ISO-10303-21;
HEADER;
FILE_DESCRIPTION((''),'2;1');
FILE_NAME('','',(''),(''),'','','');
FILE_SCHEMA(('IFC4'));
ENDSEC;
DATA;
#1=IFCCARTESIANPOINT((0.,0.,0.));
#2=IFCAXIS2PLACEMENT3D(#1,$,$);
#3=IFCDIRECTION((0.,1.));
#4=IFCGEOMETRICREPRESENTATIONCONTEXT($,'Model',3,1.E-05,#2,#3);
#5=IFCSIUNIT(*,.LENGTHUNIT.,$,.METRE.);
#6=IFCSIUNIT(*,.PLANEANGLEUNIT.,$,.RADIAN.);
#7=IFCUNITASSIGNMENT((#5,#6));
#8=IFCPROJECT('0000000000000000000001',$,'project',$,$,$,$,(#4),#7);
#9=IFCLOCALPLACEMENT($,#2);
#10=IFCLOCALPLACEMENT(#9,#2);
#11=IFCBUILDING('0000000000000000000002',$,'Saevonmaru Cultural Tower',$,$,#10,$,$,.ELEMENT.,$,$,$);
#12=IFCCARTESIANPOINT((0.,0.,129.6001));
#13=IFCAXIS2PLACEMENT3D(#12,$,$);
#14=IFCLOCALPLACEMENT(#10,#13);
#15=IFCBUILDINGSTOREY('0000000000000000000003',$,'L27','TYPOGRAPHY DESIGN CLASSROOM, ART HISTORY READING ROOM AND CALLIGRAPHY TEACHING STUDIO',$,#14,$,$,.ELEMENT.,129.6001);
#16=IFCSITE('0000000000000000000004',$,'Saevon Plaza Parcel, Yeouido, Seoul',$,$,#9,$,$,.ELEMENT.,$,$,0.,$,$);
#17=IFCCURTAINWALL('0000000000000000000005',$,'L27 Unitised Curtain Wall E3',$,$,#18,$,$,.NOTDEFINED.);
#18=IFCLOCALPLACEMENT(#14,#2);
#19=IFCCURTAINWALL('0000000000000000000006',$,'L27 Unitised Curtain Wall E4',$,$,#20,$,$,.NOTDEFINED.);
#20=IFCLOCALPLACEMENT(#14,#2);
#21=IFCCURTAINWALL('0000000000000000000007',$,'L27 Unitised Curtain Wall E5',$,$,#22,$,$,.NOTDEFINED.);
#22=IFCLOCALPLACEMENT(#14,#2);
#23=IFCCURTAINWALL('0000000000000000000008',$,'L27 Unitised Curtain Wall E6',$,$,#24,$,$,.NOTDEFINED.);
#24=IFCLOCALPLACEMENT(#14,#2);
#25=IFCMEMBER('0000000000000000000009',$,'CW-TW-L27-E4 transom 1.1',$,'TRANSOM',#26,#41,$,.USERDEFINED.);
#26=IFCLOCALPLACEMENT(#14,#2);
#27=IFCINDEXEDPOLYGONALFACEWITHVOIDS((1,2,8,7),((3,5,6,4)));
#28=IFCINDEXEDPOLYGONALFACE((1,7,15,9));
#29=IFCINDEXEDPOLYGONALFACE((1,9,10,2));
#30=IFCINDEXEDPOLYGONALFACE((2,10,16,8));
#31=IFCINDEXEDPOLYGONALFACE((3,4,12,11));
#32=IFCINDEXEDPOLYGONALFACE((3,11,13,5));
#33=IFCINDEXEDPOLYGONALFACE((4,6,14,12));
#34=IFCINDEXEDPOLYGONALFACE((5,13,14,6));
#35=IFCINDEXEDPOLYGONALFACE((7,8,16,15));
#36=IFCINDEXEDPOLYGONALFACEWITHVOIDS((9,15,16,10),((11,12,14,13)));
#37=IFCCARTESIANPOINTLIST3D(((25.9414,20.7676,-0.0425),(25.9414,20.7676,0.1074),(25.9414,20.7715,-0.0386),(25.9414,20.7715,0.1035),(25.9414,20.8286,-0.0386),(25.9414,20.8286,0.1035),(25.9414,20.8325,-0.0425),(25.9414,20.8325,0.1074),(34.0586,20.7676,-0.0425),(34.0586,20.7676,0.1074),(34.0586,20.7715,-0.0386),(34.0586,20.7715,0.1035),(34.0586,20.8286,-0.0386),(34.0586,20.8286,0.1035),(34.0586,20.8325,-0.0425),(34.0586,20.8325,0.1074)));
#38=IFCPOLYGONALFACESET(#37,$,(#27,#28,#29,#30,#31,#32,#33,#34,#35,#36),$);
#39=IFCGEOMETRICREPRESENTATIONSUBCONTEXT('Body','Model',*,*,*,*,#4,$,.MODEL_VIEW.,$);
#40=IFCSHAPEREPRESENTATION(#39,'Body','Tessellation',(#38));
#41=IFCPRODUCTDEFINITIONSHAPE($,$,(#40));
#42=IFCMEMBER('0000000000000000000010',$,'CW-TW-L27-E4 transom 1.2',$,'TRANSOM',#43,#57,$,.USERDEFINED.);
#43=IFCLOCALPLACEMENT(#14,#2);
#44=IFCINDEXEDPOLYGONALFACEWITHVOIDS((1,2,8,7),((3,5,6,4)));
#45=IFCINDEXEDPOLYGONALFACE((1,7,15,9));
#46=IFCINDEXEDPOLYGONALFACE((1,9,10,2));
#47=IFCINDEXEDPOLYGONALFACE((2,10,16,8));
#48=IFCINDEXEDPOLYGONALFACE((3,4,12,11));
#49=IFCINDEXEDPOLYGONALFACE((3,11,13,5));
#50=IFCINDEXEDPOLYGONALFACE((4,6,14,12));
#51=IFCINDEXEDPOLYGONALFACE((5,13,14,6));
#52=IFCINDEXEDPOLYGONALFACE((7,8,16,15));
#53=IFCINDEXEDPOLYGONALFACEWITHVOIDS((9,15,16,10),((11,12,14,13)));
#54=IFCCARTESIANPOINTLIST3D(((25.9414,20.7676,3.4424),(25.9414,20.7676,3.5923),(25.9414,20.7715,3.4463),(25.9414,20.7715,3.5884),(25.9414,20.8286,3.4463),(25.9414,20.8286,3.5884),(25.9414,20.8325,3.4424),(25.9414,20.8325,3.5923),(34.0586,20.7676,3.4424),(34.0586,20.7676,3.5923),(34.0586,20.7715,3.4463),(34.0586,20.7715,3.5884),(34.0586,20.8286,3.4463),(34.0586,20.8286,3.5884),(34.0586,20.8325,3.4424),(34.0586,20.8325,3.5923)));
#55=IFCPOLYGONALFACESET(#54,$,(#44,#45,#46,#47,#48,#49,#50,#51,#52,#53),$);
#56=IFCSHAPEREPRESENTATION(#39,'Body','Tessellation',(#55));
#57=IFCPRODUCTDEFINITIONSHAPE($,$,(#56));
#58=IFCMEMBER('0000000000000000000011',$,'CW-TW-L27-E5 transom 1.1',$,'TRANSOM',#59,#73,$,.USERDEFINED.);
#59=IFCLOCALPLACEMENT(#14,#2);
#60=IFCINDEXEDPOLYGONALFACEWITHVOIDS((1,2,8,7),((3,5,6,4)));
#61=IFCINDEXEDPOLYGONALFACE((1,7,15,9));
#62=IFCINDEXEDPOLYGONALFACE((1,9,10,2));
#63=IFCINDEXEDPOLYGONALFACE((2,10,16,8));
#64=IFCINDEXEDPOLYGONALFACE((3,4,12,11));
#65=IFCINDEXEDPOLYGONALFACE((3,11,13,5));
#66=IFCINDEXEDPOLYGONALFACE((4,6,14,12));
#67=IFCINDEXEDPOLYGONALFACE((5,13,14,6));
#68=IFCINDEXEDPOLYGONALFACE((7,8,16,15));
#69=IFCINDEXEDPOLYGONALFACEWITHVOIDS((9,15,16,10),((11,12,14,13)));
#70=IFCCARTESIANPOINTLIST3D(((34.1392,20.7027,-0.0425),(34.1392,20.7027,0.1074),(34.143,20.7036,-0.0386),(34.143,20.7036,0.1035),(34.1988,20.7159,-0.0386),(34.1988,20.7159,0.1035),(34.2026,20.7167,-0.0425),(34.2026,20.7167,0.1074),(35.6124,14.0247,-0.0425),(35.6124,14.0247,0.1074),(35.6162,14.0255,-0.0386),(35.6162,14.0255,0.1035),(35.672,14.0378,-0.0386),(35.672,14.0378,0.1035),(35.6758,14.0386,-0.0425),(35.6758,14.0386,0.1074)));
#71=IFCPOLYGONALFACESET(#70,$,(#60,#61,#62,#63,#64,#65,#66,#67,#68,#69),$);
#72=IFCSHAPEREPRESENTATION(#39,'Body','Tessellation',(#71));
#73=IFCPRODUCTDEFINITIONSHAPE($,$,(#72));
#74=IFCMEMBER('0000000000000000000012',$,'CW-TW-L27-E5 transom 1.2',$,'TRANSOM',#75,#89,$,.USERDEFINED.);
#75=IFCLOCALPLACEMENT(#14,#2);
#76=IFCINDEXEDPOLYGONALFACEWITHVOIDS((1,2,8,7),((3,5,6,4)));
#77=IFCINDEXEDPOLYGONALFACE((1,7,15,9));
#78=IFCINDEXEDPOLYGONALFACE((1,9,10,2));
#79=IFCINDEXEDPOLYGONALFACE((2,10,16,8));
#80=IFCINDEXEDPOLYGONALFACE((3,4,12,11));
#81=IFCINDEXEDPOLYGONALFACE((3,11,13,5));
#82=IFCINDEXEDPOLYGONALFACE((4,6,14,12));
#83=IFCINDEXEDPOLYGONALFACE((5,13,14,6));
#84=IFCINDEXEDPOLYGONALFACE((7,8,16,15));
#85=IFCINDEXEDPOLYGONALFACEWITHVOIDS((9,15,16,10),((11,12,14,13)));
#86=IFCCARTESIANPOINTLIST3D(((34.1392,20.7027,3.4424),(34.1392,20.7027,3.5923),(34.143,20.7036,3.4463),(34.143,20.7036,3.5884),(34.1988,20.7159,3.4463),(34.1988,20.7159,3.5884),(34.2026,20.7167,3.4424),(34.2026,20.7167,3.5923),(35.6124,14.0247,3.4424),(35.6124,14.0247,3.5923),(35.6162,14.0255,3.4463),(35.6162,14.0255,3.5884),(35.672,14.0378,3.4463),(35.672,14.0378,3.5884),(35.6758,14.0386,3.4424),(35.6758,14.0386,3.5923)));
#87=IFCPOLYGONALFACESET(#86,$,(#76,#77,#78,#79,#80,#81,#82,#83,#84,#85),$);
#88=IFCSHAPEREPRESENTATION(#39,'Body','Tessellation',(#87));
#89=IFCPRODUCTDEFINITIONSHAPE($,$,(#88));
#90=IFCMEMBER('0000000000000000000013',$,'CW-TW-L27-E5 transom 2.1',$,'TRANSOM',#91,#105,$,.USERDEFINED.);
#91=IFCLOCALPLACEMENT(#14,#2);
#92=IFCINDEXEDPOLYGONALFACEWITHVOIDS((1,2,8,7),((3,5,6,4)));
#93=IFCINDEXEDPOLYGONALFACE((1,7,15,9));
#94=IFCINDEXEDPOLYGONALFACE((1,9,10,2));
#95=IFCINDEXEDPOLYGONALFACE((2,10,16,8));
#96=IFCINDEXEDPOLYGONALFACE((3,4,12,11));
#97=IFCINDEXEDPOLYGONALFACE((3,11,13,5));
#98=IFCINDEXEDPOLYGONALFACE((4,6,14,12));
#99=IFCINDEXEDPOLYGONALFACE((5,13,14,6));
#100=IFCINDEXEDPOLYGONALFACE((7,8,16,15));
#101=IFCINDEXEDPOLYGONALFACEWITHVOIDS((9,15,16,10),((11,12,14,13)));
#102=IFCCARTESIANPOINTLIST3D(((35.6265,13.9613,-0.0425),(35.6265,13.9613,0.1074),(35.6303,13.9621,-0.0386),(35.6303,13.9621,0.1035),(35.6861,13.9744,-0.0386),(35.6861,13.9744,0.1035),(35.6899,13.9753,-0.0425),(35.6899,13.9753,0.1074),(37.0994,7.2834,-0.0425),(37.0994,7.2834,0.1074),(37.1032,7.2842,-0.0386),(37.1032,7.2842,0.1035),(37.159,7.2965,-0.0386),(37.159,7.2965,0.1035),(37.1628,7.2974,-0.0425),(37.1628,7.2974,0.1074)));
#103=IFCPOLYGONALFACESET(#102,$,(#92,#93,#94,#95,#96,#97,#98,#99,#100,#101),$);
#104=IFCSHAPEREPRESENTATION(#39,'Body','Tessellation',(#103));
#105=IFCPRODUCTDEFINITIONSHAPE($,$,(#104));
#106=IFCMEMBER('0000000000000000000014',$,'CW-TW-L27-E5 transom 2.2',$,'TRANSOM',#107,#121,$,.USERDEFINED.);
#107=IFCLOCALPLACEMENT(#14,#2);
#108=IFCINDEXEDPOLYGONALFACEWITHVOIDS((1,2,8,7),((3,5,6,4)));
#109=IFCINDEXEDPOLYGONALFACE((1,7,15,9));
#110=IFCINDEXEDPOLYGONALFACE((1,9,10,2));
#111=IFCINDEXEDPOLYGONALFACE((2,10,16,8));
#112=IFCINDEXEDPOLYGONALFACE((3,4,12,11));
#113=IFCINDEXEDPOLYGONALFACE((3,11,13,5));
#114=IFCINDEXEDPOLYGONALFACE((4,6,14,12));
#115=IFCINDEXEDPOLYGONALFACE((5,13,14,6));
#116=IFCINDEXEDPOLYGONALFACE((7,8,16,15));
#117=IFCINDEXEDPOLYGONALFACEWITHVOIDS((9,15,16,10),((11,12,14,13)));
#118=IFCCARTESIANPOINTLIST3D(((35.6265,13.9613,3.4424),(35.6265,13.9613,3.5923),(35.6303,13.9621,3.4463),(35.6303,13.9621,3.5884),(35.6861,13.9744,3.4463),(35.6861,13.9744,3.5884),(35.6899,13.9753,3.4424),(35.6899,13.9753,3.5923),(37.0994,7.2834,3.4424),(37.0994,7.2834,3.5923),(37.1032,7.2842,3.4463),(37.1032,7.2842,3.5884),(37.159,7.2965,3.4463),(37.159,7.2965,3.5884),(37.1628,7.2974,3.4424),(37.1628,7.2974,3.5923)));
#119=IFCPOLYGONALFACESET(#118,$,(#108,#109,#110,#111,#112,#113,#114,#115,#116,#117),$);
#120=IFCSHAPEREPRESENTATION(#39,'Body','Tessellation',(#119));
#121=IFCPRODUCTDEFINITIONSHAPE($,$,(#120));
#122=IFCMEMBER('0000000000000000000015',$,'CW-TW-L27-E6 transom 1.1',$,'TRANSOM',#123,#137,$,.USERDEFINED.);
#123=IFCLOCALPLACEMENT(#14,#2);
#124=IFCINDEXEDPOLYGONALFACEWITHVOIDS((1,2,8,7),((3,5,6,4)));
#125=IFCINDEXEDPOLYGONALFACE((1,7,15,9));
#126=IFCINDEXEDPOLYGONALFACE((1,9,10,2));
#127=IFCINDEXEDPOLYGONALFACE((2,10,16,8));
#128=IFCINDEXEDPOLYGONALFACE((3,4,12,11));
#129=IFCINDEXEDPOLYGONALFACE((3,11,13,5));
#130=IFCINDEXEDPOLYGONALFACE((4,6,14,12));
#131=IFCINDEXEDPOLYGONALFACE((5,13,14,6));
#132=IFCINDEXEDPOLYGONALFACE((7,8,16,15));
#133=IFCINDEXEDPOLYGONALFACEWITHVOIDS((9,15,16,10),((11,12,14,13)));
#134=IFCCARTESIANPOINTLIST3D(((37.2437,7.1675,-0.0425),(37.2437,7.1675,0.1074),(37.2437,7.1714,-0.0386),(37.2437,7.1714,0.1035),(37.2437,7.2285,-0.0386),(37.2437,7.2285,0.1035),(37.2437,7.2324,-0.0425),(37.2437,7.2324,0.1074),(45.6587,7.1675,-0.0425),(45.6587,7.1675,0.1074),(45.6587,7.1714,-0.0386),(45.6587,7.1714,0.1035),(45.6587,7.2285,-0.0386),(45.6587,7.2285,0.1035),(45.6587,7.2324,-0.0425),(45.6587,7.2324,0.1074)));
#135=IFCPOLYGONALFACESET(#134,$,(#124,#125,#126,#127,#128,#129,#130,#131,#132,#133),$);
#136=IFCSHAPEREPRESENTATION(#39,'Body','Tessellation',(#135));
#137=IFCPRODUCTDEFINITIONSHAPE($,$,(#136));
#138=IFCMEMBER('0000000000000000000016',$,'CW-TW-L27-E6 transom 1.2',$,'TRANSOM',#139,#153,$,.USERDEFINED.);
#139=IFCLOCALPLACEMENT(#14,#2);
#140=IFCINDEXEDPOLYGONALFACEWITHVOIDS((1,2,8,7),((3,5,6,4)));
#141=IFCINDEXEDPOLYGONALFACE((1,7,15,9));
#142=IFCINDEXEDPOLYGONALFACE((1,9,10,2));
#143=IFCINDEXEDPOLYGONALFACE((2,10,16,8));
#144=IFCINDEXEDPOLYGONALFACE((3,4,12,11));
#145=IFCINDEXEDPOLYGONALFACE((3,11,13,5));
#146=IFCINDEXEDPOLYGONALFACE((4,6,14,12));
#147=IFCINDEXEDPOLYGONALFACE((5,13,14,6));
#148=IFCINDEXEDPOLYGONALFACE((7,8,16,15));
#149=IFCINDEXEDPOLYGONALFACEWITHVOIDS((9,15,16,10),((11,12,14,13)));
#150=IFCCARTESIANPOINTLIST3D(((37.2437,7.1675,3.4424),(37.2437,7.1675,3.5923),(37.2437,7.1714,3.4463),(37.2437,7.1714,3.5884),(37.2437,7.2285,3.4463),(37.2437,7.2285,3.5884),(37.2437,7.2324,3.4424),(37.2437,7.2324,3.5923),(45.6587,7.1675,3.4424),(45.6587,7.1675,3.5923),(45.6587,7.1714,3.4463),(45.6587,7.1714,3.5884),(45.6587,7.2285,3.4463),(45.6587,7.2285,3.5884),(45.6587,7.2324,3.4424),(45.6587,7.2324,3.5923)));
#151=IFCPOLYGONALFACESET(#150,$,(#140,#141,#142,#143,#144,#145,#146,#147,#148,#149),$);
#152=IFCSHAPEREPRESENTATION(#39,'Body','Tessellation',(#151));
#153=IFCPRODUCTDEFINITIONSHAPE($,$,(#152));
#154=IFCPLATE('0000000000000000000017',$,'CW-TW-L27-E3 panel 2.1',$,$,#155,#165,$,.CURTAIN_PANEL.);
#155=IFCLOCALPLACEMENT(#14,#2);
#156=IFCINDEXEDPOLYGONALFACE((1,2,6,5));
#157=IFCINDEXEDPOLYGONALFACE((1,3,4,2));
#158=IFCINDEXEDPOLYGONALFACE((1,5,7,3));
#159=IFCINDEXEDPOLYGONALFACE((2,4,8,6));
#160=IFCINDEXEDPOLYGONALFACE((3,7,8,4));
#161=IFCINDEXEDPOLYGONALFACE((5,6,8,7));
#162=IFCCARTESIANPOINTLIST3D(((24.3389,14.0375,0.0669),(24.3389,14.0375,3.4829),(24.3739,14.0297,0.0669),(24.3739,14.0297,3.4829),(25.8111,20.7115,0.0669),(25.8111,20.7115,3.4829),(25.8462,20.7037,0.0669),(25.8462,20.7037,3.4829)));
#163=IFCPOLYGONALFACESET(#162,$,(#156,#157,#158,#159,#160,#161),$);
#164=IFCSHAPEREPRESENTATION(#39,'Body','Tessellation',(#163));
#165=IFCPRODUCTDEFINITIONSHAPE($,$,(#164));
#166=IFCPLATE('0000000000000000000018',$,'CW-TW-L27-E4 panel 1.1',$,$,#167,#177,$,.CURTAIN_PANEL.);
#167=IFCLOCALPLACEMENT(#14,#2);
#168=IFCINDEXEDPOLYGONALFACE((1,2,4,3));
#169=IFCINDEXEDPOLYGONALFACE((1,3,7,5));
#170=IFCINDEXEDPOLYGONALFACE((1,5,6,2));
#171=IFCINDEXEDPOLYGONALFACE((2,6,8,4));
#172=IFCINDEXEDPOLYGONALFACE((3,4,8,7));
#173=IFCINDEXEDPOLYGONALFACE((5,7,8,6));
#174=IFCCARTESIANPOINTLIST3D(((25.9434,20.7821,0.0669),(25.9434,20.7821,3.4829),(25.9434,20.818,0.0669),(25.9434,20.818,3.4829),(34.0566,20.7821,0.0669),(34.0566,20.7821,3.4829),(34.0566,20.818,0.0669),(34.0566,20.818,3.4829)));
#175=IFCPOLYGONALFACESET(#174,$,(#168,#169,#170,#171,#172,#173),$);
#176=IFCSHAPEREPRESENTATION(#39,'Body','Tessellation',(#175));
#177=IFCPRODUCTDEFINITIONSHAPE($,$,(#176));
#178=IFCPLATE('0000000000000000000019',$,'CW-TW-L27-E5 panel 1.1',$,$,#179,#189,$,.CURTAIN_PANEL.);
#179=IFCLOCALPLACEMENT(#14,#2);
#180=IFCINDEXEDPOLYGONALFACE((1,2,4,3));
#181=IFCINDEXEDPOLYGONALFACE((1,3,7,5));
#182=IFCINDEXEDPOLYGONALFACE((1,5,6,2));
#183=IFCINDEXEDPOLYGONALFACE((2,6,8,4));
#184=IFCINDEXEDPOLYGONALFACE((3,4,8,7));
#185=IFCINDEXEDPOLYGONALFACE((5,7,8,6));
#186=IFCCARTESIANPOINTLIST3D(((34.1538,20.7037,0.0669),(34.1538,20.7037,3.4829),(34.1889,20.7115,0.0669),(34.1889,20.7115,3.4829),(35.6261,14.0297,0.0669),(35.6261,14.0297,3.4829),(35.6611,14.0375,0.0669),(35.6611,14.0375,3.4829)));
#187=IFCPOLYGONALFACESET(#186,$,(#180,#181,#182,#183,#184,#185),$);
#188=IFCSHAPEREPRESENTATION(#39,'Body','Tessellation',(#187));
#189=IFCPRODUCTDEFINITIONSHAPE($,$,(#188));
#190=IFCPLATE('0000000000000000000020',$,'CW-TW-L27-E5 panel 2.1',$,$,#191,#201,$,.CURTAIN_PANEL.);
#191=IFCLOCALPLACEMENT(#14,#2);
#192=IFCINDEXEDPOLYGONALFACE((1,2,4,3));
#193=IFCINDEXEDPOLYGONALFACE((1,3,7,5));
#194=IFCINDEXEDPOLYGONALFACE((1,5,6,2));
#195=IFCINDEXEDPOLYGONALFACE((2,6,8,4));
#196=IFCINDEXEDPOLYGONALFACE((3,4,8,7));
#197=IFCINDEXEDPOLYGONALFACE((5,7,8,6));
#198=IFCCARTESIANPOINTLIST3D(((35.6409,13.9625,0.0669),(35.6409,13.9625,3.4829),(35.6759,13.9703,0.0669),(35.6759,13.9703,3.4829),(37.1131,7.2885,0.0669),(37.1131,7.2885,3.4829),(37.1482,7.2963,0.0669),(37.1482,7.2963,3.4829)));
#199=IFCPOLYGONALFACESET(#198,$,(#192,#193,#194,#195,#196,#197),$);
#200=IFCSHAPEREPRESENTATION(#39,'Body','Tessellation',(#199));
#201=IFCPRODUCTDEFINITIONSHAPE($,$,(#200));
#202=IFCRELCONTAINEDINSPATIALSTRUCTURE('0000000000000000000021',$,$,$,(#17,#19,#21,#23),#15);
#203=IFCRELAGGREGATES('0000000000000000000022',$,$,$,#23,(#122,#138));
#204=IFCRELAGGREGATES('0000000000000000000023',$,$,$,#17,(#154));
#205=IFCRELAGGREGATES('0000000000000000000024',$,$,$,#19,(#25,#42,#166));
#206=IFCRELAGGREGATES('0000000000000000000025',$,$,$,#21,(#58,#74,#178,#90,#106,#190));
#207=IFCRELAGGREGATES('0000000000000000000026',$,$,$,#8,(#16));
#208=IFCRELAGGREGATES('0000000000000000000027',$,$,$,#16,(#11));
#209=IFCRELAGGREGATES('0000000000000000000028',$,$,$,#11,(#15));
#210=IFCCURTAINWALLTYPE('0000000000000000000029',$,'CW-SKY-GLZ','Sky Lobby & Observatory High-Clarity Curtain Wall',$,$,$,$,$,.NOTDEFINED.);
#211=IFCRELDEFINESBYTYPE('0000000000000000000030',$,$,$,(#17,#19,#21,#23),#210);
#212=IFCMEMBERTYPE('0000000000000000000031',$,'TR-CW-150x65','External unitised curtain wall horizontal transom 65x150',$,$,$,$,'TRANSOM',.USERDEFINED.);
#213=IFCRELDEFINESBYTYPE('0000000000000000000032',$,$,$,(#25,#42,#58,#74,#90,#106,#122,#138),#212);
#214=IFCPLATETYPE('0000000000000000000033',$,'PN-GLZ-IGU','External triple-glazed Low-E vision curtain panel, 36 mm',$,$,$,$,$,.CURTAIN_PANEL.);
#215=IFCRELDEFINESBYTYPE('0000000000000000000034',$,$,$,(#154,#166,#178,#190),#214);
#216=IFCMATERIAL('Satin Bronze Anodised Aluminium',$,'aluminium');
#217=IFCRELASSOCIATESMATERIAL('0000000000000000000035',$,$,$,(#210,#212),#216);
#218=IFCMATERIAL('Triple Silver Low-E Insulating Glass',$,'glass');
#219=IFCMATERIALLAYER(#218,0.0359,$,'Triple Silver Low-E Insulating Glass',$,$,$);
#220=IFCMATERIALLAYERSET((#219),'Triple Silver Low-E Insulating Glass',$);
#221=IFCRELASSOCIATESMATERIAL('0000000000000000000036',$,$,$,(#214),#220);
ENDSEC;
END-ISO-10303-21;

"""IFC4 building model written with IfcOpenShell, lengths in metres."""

from ifc_helpers import new_model, si_unit, direction, frame, origin, origin_2d, place, context, subcontext, project, spatial, rectangle, hollow_rectangle, extrude, material, layer, layer_set, material_profile, profile_set, type_object, element, aggregate, save


model = new_model("IFC4")

# Units and contexts
model_context = context("Model", 3, precision=1e-05, world=origin(), true_north=direction((0.0, 1.0)))
body_context = subcontext(model_context, "Body", "Model", "MODEL_VIEW")
ifc_project = project(units=[si_unit("LENGTHUNIT", "METRE"), si_unit("PLANEANGLEUNIT", "RADIAN")], contexts=[model_context])

# Site, building, storey
site_placement = place(None, origin())
site = spatial("IfcSite", under=ifc_project, at=site_placement, Name="Saevon Plaza Parcel, Yeouido, Seoul", CompositionType="ELEMENT", RefElevation=0.0)
building_placement = place(site_placement, origin())
building = spatial("IfcBuilding", under=site, at=building_placement, Name="Saevonmaru Cultural Tower", CompositionType="ELEMENT")
storey_placement = place(building_placement, frame((0.0, 0.0, 129.6001)))
storey = spatial("IfcBuildingStorey", under=building, at=storey_placement, Name="L27", Description="TYPOGRAPHY DESIGN CLASSROOM, ART HISTORY READING ROOM AND CALLIGRAPHY TEACHING STUDIO", CompositionType="ELEMENT", Elevation=129.6001)

# Curtain walls
ifc_material_1 = material(Name="Satin Bronze Anodised Aluminium", Category="aluminium")
curtain_wall_type = type_object("IfcCurtainWallType", Name="CW-SKY-GLZ", Description="Sky Lobby & Observatory High-Clarity Curtain Wall", PredefinedType="NOTDEFINED", material=ifc_material_1)
curtain_wall_1_placement = place(storey_placement, origin())
curtain_wall_1 = element("IfcCurtainWall", 1, at=curtain_wall_1_placement, inside=storey, type_object=curtain_wall_type, Name="L27 Unitised Curtain Wall E3", PredefinedType="NOTDEFINED")
curtain_wall_2_placement = place(storey_placement, origin())
curtain_wall_2 = element("IfcCurtainWall", 2, at=curtain_wall_2_placement, inside=storey, type_object=curtain_wall_type, Name="L27 Unitised Curtain Wall E4", PredefinedType="NOTDEFINED")
curtain_wall_3_placement = place(storey_placement, origin())
curtain_wall_3 = element("IfcCurtainWall", 3, at=curtain_wall_3_placement, inside=storey, type_object=curtain_wall_type, Name="L27 Unitised Curtain Wall E5", PredefinedType="NOTDEFINED")

# Curtain wall
curtain_wall_4_placement = place(storey_placement, origin())
curtain_wall_4 = element("IfcCurtainWall", 4, at=curtain_wall_4_placement, inside=storey, type_object=curtain_wall_type, Name="L27 Unitised Curtain Wall E6", PredefinedType="NOTDEFINED")

# Members
ifc_material_profile_1 = material_profile(ifc_material_1, hollow_rectangle(XDim=0.0649, YDim=0.1499, WallThickness=0.0039, at=origin_2d()), Name="ALU-TRAN-150x65x4")
ifc_profile_set_1 = profile_set([ifc_material_profile_1], Name="Satin Bronze Anodised Aluminium")
member_type_1 = type_object("IfcMemberType", Name="TR-CW-150x65", Description="External unitised curtain wall horizontal transom 65x150", ElementType="TRANSOM", PredefinedType="USERDEFINED", material=ifc_profile_set_1)
member_1_placement = place(storey_placement, frame((25.9414, 20.8, 0.0325), z_axis=(1.0, 0.0, 0.0), x_axis=(0.0, 1.0, 0.0)))
member_1 = element("IfcMember", 5, at=member_1_placement, type_object=member_type_1, Name="CW-TW-L27-E4 transom 1.1", ObjectType="TRANSOM", PredefinedType="USERDEFINED", context=body_context, shape_type="SweptSolid", body=[
    extrude(hollow_rectangle(XDim=0.0649, YDim=0.1499, WallThickness=0.0039, at=origin_2d()), origin(), (0.0, 0.0, 1.0), 8.1172),
])
member_2_placement = place(storey_placement, frame((25.9414, 20.8, 3.5173), z_axis=(1.0, 0.0, 0.0), x_axis=(0.0, 1.0, 0.0)))
member_2 = element("IfcMember", 6, at=member_2_placement, type_object=member_type_1, Name="CW-TW-L27-E4 transom 1.2", ObjectType="TRANSOM", PredefinedType="USERDEFINED", context=body_context, shape_type="SweptSolid", body=[
    extrude(hollow_rectangle(XDim=0.0649, YDim=0.1499, WallThickness=0.0039, at=origin_2d()), origin(), (0.0, 0.0, 1.0), 8.1172),
])
member_3_placement = place(storey_placement, frame((34.1709, 20.7097, 0.0325), z_axis=(0.215418, -0.976522, 0.0), x_axis=(0.976522, 0.215418, 0.0)))
member_3 = element("IfcMember", 7, at=member_3_placement, type_object=member_type_1, Name="CW-TW-L27-E5 transom 1.1", ObjectType="TRANSOM", PredefinedType="USERDEFINED", context=body_context, shape_type="SweptSolid", body=[
    extrude(hollow_rectangle(XDim=0.0649, YDim=0.1499, WallThickness=0.0039, at=origin_2d()), origin(), (0.0, 0.0, 1.0), 6.8386),
])
member_4_placement = place(storey_placement, frame((34.1709, 20.7097, 3.5173), z_axis=(0.215418, -0.976522, 0.0), x_axis=(0.976522, 0.215418, 0.0)))
member_4 = element("IfcMember", 8, at=member_4_placement, type_object=member_type_1, Name="CW-TW-L27-E5 transom 1.2", ObjectType="TRANSOM", PredefinedType="USERDEFINED", context=body_context, shape_type="SweptSolid", body=[
    extrude(hollow_rectangle(XDim=0.0649, YDim=0.1499, WallThickness=0.0039, at=origin_2d()), origin(), (0.0, 0.0, 1.0), 6.8386),
])
member_5_placement = place(storey_placement, frame((35.6582, 13.9683, 0.0325), z_axis=(0.215384, -0.976529, 0.0), x_axis=(0.976529, 0.215384, 0.0)))
member_5 = element("IfcMember", 9, at=member_5_placement, type_object=member_type_1, Name="CW-TW-L27-E5 transom 2.1", ObjectType="TRANSOM", PredefinedType="USERDEFINED", context=body_context, shape_type="SweptSolid", body=[
    extrude(hollow_rectangle(XDim=0.0649, YDim=0.1499, WallThickness=0.0039, at=origin_2d()), origin(), (0.0, 0.0, 1.0), 6.8384),
])
member_6_placement = place(storey_placement, frame((35.6582, 13.9683, 3.5173), z_axis=(0.215384, -0.976529, 0.0), x_axis=(0.976529, 0.215384, 0.0)))
member_6 = element("IfcMember", 10, at=member_6_placement, type_object=member_type_1, Name="CW-TW-L27-E5 transom 2.2", ObjectType="TRANSOM", PredefinedType="USERDEFINED", context=body_context, shape_type="SweptSolid", body=[
    extrude(hollow_rectangle(XDim=0.0649, YDim=0.1499, WallThickness=0.0039, at=origin_2d()), origin(), (0.0, 0.0, 1.0), 6.8384),
])
member_7_placement = place(storey_placement, frame((37.2437, 7.2, 0.0325), z_axis=(1.0, 0.0, 0.0), x_axis=(0.0, 1.0, 0.0)))
member_7 = element("IfcMember", 11, at=member_7_placement, type_object=member_type_1, Name="CW-TW-L27-E6 transom 1.1", ObjectType="TRANSOM", PredefinedType="USERDEFINED", context=body_context, shape_type="SweptSolid", body=[
    extrude(hollow_rectangle(XDim=0.0649, YDim=0.1499, WallThickness=0.0039, at=origin_2d()), origin(), (0.0, 0.0, 1.0), 8.415),
])
member_8_placement = place(storey_placement, frame((37.2437, 7.2, 3.5173), z_axis=(1.0, 0.0, 0.0), x_axis=(0.0, 1.0, 0.0)))
member_8 = element("IfcMember", 12, at=member_8_placement, type_object=member_type_1, Name="CW-TW-L27-E6 transom 1.2", ObjectType="TRANSOM", PredefinedType="USERDEFINED", context=body_context, shape_type="SweptSolid", body=[
    extrude(hollow_rectangle(XDim=0.0649, YDim=0.1499, WallThickness=0.0039, at=origin_2d()), origin(), (0.0, 0.0, 1.0), 8.415),
])
aggregate(curtain_wall_4, [member_7, member_8])

# Plates
ifc_material_2 = material(Name="Triple Silver Low-E Insulating Glass", Category="glass")
ifc_layer = layer(ifc_material_2, 0.0359, Name="Triple Silver Low-E Insulating Glass")
ifc_layer_set = layer_set([ifc_layer], Name="Triple Silver Low-E Insulating Glass")
plate_type = type_object("IfcPlateType", Name="PN-GLZ-IGU", Description="External triple-glazed Low-E vision curtain panel, 36 mm", PredefinedType="CURTAIN_PANEL", material=ifc_layer_set)
plate_1_placement = place(storey_placement, frame((25.0925, 17.3706, 0.0669), z_axis=(0.0, 0.0, 1.0), x_axis=(0.215413, 0.976523, 0.0)))
plate_1 = element("IfcPlate", 13, at=plate_1_placement, type_object=plate_type, Name="CW-TW-L27-E3 panel 2.1", PredefinedType="CURTAIN_PANEL", context=body_context, shape_type="SweptSolid", body=[
    extrude(rectangle(XDim=6.8345, YDim=0.0359, at=origin_2d()), origin(), (0.0, 0.0, 1.0), 3.416),
])
aggregate(curtain_wall_1, [plate_1])
plate_2_placement = place(storey_placement, frame((30.0, 20.8, 0.0669), z_axis=(0.0, 0.0, 1.0), x_axis=(1.0, 0.0, 0.0)))
plate_2 = element("IfcPlate", 14, at=plate_2_placement, type_object=plate_type, Name="CW-TW-L27-E4 panel 1.1", PredefinedType="CURTAIN_PANEL", context=body_context, shape_type="SweptSolid", body=[
    extrude(rectangle(XDim=8.1133, YDim=0.0359, at=origin_2d()), origin(), (0.0, 0.0, 1.0), 3.416),
])
aggregate(curtain_wall_2, [member_1, member_2, plate_2])
plate_3_placement = place(storey_placement, frame((34.9075, 17.3706, 0.0669), z_axis=(0.0, 0.0, 1.0), x_axis=(0.215413, -0.976523, 0.0)))
plate_3 = element("IfcPlate", 15, at=plate_3_placement, type_object=plate_type, Name="CW-TW-L27-E5 panel 1.1", PredefinedType="CURTAIN_PANEL", context=body_context, shape_type="SweptSolid", body=[
    extrude(rectangle(XDim=6.8345, YDim=0.0359, at=origin_2d()), origin(), (0.0, 0.0, 1.0), 3.416),
])
plate_4_placement = place(storey_placement, frame((36.3945, 10.6294, 0.0669), z_axis=(0.0, 0.0, 1.0), x_axis=(0.215413, -0.976523, 0.0)))
plate_4 = element("IfcPlate", 16, at=plate_4_placement, type_object=plate_type, Name="CW-TW-L27-E5 panel 2.1", PredefinedType="CURTAIN_PANEL", context=body_context, shape_type="SweptSolid", body=[
    extrude(rectangle(XDim=6.8345, YDim=0.0359, at=origin_2d()), origin(), (0.0, 0.0, 1.0), 3.416),
])
aggregate(curtain_wall_3, [member_3, member_4, plate_3, member_5, member_6, plate_4])

save(model, "model.ifc")
